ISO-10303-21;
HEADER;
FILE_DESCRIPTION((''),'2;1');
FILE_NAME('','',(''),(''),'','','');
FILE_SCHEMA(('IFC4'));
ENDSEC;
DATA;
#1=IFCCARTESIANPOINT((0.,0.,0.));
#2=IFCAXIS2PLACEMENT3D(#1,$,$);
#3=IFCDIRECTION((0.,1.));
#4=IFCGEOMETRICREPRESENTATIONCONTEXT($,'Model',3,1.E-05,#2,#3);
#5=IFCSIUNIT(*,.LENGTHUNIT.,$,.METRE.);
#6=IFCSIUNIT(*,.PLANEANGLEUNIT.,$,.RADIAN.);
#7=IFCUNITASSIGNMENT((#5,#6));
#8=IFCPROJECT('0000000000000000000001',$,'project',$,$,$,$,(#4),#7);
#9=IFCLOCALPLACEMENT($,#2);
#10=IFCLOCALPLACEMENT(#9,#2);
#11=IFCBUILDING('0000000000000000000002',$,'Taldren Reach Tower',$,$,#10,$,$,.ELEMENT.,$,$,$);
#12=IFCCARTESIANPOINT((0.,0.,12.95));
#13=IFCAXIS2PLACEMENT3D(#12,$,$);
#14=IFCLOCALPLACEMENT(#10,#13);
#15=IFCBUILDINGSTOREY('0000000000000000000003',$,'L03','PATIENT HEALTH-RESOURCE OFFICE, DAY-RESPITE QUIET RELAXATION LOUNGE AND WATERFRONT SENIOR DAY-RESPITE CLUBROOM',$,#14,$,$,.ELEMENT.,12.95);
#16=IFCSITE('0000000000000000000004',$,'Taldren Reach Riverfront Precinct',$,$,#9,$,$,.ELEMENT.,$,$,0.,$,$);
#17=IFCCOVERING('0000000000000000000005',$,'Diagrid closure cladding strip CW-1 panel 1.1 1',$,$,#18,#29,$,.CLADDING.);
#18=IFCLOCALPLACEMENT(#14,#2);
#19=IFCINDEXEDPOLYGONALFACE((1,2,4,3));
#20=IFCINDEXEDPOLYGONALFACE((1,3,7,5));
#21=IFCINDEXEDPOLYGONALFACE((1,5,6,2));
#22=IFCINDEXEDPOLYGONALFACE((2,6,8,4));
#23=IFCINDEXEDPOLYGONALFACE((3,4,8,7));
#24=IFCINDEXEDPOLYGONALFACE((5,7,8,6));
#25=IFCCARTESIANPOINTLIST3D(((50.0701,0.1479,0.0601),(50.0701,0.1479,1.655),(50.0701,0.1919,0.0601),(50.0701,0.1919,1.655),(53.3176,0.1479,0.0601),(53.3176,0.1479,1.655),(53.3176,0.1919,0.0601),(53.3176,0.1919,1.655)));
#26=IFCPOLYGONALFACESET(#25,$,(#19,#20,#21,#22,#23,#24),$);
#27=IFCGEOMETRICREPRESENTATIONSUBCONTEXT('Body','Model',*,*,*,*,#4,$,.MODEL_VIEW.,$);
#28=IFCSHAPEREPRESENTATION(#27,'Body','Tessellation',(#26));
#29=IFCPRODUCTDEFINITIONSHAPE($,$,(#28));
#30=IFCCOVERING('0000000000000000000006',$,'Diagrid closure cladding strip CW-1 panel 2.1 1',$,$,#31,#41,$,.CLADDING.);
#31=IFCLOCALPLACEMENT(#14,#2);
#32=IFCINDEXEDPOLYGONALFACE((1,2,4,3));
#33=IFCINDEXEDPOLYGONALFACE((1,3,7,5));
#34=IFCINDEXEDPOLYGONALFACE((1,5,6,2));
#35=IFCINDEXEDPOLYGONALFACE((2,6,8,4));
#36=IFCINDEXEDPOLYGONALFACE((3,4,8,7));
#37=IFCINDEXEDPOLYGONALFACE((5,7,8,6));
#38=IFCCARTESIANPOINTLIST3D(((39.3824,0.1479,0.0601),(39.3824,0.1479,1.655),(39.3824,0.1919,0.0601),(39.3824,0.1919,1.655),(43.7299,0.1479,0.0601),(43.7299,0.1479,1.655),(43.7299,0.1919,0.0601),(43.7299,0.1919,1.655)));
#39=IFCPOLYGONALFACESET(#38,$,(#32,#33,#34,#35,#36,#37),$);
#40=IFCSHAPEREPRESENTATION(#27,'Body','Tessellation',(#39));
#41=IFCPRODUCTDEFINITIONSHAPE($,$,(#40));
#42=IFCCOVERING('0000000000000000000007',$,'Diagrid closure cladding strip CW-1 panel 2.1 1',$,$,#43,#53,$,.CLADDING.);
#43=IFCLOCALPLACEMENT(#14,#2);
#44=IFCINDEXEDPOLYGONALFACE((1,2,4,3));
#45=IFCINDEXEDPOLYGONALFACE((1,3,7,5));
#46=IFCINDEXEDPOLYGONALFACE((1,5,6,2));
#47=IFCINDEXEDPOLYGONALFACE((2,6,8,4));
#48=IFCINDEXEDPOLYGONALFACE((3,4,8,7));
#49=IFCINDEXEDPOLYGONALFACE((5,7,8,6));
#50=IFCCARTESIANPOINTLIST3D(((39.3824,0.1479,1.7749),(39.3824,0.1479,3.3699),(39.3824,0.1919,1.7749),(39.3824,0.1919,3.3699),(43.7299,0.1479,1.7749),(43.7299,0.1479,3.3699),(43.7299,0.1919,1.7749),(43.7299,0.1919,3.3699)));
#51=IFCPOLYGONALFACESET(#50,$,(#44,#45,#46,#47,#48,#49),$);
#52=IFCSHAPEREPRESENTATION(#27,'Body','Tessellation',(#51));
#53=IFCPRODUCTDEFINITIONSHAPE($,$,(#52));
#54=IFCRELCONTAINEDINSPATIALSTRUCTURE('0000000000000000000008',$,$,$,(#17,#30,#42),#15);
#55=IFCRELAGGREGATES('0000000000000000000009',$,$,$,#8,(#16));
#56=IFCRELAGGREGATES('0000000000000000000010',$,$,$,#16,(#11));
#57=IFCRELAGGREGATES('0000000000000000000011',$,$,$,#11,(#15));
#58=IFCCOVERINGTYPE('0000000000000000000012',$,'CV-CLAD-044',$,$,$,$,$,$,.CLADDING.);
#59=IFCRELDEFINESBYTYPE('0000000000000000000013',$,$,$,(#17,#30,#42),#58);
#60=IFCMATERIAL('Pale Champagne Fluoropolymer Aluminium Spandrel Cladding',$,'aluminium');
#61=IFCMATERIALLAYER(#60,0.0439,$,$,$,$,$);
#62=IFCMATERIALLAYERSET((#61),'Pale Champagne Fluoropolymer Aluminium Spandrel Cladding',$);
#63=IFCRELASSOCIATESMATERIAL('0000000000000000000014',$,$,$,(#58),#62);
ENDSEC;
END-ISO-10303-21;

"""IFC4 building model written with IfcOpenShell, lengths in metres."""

from ifc_helpers import new_model, si_unit, direction, frame, origin, origin_2d, place, context, subcontext, project, spatial, rectangle, extrude, source, transform, mapped, material, layer, layer_set, type_object, element, save


model = new_model("IFC4")

# Units and contexts
model_context = context("Model", 3, precision=1e-05, world=origin(), true_north=direction((0.0, 1.0)))
body_context = subcontext(model_context, "Body", "Model", "MODEL_VIEW")
ifc_project = project(units=[si_unit("LENGTHUNIT", "METRE"), si_unit("PLANEANGLEUNIT", "RADIAN")], contexts=[model_context])

# Site, building, storey
site_placement = place(None, origin())
site = spatial("IfcSite", under=ifc_project, at=site_placement, Name="Taldren Reach Riverfront Precinct", CompositionType="ELEMENT", RefElevation=0.0)
building_placement = place(site_placement, origin())
building = spatial("IfcBuilding", under=site, at=building_placement, Name="Taldren Reach Tower", CompositionType="ELEMENT")
storey_placement = place(building_placement, frame((0.0, 0.0, 12.95)))
storey = spatial("IfcBuildingStorey", under=building, at=storey_placement, Name="L03", Description="PATIENT HEALTH-RESOURCE OFFICE, DAY-RESPITE QUIET RELAXATION LOUNGE AND WATERFRONT SENIOR DAY-RESPITE CLUBROOM", CompositionType="ELEMENT", Elevation=12.95)

# Coverings
ifc_material_1 = material(Name="Pale Champagne Fluoropolymer Aluminium Spandrel Cladding", Category="aluminium")
ifc_layer_1 = layer(ifc_material_1, 0.0439)
ifc_layer_set_1 = layer_set([ifc_layer_1], Name="Pale Champagne Fluoropolymer Aluminium Spandrel Cladding")
covering_type_1 = type_object("IfcCoveringType", Name="CV-CLAD-044", PredefinedType="CLADDING", material=ifc_layer_set_1)
shared_shape_1 = source(origin(), body_context, "Body", "SweptSolid", [
    extrude(rectangle(XDim=3.2476, YDim=0.0439, at=origin_2d()), origin(), (0.0, 0.0, 1.0), 1.595),
])
covering_1_placement = place(storey_placement, frame((51.6938, 0.1699, 0.0601), z_axis=(0.0, 0.0, 1.0), x_axis=(1.0, 0.0, 0.0)))
element("IfcCovering", 1, at=covering_1_placement, inside=storey, type_object=covering_type_1, Name="Diagrid closure cladding strip CW-1 panel 1.1 1", PredefinedType="CLADDING", context=body_context, shape_type="MappedRepresentation", body=[
    mapped(shared_shape_1, transform((0.0, 0.0, 0.0), scale=1.0)),
])
shared_shape_2 = source(origin(), body_context, "Body", "SweptSolid", [
    extrude(rectangle(XDim=4.3474, YDim=0.0439, at=origin_2d()), origin(), (0.0, 0.0, 1.0), 1.595),
])
for number, where, z_axis, x_axis, name in (
    (2, (41.5562, 0.1699, 0.0601), (0.0, 0.0, 1.0), (1.0, 0.0, 0.0), "Diagrid closure cladding strip CW-1 panel 2.1 1"),
    (3, (41.5562, 0.1699, 1.7749), (0.0, 0.0, 1.0), (1.0, 0.0, 0.0), "Diagrid closure cladding strip CW-1 panel 2.1 1"),
):
    element("IfcCovering", number, at=place(storey_placement, frame(where, z_axis=z_axis, x_axis=x_axis)), inside=storey, type_object=covering_type_1, Name=name, PredefinedType="CLADDING", context=body_context, shape_type="MappedRepresentation", body=[
        mapped(shared_shape_2, transform((0.0, 0.0, 0.0), scale=1.0)),
    ])

save(model, "model.ifc")
